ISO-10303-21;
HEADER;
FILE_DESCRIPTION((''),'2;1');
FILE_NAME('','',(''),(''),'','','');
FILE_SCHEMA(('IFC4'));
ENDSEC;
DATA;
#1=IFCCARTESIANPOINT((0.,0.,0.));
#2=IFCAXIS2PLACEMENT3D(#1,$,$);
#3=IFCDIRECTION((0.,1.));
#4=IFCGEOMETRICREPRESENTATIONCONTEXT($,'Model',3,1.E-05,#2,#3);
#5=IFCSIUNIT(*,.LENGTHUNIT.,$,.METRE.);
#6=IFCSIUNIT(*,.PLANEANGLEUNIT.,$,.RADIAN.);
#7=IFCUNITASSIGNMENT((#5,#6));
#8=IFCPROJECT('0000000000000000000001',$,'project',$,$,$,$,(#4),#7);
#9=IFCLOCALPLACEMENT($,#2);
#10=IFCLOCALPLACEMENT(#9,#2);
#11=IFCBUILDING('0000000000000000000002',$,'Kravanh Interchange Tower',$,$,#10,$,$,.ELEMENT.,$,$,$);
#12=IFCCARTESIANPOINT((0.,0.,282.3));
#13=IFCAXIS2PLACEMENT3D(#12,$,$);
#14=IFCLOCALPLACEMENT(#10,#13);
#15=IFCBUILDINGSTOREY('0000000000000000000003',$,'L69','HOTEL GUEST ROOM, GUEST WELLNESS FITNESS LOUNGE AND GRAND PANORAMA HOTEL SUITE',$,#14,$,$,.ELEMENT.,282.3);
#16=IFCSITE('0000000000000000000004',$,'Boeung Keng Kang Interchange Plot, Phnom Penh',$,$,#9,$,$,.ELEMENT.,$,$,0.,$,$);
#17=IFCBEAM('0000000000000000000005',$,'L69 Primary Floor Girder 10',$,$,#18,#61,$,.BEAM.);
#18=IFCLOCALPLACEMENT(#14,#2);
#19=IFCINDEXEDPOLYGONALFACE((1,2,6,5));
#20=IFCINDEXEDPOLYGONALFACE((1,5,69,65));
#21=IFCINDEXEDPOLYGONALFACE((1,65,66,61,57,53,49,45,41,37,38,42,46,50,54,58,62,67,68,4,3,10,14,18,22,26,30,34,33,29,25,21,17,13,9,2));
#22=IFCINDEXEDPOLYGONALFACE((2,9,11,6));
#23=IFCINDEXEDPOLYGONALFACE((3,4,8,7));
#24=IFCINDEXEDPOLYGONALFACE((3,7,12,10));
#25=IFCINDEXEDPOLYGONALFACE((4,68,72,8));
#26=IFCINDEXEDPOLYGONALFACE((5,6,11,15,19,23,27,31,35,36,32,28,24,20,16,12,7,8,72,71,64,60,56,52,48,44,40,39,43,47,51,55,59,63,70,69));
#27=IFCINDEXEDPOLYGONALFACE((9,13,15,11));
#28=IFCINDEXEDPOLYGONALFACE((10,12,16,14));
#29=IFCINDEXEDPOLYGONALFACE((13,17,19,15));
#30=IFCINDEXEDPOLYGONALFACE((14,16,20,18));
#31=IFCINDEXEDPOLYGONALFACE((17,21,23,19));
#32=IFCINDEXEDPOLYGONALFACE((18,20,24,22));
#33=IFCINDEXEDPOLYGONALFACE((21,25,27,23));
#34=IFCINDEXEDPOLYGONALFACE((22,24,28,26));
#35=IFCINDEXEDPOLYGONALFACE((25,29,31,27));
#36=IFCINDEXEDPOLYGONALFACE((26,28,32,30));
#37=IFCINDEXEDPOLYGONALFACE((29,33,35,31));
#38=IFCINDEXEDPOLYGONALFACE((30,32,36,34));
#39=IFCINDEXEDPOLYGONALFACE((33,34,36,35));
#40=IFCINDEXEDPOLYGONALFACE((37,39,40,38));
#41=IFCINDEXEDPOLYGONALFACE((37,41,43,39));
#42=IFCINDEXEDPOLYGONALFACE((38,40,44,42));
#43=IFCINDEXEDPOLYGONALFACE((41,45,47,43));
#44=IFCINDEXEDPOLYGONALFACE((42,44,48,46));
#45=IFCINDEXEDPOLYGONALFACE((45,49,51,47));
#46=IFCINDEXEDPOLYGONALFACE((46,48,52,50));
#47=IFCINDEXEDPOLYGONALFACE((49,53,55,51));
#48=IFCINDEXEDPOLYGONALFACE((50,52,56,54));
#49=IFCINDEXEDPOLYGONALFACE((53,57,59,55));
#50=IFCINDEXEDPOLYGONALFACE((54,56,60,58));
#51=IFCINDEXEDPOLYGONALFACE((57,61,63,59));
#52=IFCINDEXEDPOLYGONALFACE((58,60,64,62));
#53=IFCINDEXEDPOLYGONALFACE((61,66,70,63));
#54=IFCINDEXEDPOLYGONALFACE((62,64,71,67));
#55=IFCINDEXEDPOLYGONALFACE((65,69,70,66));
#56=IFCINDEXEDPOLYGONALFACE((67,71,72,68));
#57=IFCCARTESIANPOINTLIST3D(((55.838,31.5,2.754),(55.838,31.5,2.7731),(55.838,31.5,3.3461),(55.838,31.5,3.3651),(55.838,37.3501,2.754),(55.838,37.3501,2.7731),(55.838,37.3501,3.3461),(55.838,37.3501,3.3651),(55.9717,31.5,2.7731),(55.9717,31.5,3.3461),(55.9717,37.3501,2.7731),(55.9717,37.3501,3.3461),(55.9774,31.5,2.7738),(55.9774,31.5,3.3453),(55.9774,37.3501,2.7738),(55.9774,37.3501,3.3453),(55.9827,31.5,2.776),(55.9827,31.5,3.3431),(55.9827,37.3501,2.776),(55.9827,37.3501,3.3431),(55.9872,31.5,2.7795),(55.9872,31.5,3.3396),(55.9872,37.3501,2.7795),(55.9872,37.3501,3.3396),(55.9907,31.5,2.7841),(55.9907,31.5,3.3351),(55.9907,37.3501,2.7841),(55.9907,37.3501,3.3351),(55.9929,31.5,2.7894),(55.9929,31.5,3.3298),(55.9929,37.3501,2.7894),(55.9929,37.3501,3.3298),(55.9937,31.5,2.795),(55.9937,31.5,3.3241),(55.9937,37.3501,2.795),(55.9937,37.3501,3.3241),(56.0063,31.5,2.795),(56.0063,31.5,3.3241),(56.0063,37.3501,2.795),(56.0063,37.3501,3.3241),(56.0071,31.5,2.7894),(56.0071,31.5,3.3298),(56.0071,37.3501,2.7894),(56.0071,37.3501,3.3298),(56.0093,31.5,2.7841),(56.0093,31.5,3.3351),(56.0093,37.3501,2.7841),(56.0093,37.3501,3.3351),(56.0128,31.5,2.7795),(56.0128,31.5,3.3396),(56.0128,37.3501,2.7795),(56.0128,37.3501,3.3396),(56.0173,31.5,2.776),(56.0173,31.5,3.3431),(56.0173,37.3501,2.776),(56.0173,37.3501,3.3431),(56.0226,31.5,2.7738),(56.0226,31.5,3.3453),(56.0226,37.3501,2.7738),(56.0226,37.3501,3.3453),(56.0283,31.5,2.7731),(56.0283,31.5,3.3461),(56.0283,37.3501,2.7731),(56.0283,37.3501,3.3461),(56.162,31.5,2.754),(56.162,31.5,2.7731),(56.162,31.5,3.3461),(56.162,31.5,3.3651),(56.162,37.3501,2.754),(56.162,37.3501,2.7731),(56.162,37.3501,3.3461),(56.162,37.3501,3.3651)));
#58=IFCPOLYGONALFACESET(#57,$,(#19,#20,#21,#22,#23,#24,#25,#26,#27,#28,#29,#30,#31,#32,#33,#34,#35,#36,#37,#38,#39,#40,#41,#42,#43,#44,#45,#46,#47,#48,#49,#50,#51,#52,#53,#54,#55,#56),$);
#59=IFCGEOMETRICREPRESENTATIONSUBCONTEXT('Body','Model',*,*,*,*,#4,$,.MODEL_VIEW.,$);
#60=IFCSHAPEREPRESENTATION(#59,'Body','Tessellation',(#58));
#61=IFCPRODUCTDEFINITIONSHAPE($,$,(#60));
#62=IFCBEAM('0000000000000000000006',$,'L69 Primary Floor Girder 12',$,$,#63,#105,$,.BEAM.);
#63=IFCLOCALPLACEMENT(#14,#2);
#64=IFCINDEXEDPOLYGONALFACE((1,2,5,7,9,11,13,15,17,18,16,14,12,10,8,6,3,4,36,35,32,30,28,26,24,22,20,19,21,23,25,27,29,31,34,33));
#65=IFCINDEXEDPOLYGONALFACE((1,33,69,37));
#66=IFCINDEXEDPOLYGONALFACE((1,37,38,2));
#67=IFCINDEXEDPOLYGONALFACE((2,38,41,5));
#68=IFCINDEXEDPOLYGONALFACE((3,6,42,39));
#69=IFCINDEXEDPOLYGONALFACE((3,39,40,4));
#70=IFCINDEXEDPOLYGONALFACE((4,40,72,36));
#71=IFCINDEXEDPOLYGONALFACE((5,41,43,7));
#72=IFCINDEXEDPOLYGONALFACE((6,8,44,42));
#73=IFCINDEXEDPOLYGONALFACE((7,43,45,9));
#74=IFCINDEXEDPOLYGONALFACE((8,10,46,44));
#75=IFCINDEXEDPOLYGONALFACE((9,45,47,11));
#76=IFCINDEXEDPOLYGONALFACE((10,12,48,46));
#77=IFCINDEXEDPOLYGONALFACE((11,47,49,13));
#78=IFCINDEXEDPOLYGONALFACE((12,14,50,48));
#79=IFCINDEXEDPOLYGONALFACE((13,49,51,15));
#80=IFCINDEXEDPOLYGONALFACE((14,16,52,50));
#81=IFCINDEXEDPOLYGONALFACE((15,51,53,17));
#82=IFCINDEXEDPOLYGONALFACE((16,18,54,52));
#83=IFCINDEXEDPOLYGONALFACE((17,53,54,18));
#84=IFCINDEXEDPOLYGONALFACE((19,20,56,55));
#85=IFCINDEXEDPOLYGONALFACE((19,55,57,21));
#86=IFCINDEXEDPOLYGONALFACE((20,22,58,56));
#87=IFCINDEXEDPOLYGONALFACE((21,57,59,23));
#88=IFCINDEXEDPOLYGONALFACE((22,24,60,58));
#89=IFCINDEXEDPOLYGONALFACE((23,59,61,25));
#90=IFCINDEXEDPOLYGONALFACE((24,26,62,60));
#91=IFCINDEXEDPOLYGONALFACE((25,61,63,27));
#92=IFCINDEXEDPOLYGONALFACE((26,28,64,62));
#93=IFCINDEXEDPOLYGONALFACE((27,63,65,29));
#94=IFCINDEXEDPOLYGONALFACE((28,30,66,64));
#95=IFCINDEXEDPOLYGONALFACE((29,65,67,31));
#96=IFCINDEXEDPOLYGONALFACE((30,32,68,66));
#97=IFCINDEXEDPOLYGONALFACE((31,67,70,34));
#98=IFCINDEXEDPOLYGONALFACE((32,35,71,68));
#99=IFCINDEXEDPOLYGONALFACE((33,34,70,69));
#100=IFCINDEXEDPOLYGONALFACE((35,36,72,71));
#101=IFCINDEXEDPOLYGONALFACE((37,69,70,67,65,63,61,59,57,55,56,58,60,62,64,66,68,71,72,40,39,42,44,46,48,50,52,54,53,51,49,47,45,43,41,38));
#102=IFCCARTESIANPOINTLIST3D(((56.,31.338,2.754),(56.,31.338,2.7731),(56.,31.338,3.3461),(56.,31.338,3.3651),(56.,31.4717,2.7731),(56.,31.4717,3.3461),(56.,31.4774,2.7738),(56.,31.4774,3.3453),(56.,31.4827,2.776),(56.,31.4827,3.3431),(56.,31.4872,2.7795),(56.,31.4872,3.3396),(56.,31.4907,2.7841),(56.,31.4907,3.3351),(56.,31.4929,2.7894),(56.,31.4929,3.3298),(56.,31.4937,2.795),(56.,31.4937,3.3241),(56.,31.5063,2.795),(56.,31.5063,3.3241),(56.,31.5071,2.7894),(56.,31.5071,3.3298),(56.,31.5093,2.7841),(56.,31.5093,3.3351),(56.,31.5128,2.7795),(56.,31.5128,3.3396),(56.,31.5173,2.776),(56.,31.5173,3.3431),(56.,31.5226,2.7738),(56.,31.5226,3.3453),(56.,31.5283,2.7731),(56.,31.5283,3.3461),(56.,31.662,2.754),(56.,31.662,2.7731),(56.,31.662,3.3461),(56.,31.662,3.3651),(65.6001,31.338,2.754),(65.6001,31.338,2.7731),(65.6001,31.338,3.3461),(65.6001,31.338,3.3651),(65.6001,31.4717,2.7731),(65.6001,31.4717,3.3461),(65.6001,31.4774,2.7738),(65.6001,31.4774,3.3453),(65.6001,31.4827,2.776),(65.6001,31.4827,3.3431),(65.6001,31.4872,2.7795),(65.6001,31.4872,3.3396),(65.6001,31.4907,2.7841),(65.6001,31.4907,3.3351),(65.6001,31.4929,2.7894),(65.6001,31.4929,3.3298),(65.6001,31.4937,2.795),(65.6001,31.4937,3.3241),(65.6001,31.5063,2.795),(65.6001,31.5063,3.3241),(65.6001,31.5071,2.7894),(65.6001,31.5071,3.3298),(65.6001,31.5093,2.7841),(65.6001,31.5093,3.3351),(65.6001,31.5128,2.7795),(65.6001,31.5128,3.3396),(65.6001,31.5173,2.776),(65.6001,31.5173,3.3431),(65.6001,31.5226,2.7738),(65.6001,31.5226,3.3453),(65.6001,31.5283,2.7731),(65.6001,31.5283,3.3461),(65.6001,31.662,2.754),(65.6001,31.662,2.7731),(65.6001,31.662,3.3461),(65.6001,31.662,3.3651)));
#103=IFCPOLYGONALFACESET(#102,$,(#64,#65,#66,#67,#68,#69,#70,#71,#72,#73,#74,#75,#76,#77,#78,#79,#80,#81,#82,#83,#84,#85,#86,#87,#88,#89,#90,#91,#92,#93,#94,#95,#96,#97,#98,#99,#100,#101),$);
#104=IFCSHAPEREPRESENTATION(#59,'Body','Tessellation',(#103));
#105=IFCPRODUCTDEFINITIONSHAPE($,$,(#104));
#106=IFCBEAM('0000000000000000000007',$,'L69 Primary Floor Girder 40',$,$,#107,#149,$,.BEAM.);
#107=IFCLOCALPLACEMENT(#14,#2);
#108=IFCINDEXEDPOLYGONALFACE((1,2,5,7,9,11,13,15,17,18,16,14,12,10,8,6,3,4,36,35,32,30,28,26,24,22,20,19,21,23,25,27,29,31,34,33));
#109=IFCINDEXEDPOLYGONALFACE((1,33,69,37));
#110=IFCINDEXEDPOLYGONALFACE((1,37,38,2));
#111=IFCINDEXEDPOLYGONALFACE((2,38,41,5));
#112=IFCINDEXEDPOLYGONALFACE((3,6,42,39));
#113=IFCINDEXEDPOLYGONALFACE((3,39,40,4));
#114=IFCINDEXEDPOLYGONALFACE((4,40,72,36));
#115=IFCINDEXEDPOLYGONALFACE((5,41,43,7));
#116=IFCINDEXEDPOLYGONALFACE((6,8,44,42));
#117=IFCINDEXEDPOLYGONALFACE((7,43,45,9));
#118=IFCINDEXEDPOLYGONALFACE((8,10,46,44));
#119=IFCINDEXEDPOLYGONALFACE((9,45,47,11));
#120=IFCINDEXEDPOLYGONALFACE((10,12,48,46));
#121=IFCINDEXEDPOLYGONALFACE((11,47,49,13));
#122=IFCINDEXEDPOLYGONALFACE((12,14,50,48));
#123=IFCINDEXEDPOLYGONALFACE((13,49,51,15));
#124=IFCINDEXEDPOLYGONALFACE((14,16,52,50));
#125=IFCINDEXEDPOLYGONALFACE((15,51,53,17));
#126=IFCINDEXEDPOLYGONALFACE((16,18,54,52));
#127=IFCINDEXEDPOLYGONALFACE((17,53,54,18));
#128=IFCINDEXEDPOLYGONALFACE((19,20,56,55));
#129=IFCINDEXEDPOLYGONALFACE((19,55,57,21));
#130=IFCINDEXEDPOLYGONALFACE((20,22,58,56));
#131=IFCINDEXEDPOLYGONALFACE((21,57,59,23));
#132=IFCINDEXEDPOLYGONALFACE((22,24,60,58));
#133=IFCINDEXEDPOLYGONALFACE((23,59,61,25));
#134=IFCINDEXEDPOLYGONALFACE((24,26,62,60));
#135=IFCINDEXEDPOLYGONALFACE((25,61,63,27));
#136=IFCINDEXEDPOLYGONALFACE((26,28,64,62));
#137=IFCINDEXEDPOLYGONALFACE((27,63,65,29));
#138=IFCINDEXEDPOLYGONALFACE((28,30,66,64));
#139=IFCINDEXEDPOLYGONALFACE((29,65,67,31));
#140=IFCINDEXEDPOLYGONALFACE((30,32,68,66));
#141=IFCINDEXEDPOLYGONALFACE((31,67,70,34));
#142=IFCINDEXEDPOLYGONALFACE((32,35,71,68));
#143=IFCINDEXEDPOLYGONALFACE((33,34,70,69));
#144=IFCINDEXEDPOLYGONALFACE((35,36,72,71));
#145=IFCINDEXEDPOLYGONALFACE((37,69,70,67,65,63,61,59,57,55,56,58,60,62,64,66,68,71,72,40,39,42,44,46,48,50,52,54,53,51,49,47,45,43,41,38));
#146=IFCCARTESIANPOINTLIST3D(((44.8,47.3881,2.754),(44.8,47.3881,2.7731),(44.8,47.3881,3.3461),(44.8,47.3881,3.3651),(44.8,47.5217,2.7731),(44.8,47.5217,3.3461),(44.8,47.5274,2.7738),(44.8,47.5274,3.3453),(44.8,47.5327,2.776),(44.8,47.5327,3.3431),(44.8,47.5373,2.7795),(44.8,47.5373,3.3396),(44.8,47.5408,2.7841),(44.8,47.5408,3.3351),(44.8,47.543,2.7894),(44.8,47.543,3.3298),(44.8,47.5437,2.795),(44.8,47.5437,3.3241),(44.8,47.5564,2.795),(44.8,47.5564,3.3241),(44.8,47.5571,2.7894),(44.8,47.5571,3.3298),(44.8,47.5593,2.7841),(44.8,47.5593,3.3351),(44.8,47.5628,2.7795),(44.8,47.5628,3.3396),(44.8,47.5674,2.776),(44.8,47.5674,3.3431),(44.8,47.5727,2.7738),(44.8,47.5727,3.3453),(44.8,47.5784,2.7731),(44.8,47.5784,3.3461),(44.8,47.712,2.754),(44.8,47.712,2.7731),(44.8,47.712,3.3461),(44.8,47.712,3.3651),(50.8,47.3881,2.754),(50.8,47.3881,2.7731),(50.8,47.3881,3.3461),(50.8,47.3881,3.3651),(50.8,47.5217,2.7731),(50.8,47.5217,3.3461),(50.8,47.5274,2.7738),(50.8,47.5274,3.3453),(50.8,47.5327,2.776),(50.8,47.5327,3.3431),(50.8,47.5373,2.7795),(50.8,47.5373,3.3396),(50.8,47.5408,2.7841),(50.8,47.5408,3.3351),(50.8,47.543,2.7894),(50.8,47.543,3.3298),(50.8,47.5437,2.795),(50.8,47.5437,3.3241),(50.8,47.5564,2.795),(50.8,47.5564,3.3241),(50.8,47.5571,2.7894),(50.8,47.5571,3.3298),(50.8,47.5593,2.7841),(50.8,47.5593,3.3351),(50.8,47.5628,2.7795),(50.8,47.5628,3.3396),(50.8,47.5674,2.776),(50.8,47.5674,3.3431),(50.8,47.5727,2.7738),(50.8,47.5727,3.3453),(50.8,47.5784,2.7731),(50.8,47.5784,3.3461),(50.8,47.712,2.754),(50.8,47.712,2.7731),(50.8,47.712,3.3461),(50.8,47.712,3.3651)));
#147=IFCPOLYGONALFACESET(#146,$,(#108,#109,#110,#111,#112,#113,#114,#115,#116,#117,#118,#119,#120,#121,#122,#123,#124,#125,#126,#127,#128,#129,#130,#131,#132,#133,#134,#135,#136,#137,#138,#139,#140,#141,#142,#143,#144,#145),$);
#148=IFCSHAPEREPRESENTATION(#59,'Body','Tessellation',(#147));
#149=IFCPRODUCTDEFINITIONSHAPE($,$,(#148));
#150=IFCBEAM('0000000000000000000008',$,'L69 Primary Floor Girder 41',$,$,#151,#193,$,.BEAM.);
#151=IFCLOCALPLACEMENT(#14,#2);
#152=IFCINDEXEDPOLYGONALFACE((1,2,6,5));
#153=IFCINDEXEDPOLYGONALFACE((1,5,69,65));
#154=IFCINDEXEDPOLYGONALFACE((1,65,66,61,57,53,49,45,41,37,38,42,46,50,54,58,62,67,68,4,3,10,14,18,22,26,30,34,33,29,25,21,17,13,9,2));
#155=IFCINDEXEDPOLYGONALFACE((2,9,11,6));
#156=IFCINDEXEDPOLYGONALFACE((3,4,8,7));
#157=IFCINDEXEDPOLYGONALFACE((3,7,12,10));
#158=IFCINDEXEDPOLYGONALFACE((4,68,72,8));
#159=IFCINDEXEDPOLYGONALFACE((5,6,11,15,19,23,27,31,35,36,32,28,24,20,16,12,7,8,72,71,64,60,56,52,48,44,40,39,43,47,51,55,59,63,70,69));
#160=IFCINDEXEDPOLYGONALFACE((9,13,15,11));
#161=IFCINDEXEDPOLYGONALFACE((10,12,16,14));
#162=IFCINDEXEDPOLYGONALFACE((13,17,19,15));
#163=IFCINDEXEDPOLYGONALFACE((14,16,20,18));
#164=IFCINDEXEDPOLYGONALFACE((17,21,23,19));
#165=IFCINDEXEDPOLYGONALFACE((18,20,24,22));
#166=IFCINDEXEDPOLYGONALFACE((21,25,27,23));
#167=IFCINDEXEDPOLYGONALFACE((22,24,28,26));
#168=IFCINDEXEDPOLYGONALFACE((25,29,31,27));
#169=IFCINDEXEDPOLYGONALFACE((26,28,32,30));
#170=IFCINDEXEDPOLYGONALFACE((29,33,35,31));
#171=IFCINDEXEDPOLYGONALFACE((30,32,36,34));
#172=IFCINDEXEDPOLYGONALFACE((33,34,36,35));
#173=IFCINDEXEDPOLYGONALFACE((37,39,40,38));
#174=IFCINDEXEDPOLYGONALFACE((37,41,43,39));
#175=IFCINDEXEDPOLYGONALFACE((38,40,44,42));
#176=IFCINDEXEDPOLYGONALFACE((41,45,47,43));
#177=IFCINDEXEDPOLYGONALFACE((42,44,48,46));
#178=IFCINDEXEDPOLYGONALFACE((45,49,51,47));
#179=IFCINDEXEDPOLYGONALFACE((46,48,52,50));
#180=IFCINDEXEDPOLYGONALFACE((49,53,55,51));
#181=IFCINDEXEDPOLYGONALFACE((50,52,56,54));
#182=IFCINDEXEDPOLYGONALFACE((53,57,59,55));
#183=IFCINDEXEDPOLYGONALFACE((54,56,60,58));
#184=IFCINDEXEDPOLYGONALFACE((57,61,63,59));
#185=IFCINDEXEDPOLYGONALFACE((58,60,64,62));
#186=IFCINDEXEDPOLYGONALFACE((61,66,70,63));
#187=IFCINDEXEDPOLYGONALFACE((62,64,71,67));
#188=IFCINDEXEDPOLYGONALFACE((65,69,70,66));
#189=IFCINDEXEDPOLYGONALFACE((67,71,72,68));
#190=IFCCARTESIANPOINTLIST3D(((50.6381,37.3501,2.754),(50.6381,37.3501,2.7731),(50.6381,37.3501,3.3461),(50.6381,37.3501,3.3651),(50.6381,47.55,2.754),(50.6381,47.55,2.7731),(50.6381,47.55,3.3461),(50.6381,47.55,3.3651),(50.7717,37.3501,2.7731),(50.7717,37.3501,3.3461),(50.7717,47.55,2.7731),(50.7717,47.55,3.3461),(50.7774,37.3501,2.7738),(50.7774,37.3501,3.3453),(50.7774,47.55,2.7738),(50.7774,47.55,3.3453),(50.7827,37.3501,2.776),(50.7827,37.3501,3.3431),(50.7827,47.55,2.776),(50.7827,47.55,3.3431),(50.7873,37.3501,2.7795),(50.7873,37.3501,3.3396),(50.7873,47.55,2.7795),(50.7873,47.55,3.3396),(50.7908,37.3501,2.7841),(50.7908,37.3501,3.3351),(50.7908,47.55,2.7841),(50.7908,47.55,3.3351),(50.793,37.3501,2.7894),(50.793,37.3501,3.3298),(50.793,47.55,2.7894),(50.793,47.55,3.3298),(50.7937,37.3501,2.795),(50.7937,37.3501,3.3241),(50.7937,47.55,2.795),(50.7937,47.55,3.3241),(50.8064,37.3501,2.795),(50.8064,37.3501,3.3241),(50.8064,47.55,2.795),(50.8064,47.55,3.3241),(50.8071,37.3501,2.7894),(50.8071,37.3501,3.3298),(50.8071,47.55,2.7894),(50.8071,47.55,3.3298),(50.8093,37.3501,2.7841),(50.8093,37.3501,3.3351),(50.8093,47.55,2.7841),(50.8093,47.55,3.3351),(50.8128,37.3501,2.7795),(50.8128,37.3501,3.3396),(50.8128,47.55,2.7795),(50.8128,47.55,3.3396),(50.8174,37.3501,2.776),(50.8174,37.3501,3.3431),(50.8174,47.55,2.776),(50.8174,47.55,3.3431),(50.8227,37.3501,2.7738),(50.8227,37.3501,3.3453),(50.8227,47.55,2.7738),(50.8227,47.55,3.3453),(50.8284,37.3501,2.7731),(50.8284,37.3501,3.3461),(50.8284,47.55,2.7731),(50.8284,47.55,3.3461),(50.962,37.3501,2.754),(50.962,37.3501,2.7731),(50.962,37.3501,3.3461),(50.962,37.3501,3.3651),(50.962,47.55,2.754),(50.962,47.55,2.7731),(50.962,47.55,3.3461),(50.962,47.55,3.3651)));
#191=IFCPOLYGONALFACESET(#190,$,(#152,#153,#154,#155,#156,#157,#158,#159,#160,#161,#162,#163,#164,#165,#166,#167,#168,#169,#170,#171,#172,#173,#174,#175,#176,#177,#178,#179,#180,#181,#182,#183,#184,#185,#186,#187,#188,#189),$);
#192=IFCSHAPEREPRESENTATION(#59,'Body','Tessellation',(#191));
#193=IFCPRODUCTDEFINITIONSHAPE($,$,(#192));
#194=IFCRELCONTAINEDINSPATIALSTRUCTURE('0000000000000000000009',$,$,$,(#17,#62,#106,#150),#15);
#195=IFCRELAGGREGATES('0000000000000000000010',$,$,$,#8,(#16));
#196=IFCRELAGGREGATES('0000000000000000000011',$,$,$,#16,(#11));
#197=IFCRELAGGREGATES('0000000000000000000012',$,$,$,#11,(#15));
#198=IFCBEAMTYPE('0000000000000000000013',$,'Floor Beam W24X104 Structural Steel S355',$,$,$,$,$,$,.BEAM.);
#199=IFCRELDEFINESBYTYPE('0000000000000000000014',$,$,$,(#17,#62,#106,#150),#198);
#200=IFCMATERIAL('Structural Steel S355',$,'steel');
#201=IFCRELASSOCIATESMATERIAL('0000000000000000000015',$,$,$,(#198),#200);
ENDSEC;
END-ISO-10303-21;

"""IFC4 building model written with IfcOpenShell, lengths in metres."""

from ifc_helpers import new_model, si_unit, direction, frame, origin, origin_2d, place, context, subcontext, project, spatial, i_section, extrude, material, material_profile, profile_set, type_object, element, save


model = new_model("IFC4")

# Units and contexts
model_context = context("Model", 3, precision=1e-05, world=origin(), true_north=direction((0.0, 1.0)))
body_context = subcontext(model_context, "Body", "Model", "MODEL_VIEW")
ifc_project = project(units=[si_unit("LENGTHUNIT", "METRE"), si_unit("PLANEANGLEUNIT", "RADIAN")], contexts=[model_context])

# Site, building, storey
site_placement = place(None, origin())
site = spatial("IfcSite", under=ifc_project, at=site_placement, Name="Boeung Keng Kang Interchange Plot, Phnom Penh", CompositionType="ELEMENT", RefElevation=0.0)
building_placement = place(site_placement, origin())
building = spatial("IfcBuilding", under=site, at=building_placement, Name="Kravanh Interchange Tower", CompositionType="ELEMENT")
storey_placement = place(building_placement, frame((0.0, 0.0, 282.3)))
storey = spatial("IfcBuildingStorey", under=building, at=storey_placement, Name="L69", Description="HOTEL GUEST ROOM, GUEST WELLNESS FITNESS LOUNGE AND GRAND PANORAMA HOTEL SUITE", CompositionType="ELEMENT", Elevation=282.3)

# Beams
ifc_material_1 = material(Name="Structural Steel S355", Category="steel")
ifc_material_profile_1 = material_profile(ifc_material_1, i_section(OverallWidth=0.324, OverallDepth=0.6111, WebThickness=0.0127, FlangeThickness=0.019, FilletRadius=0.022, at=origin_2d()), Name="W24X104")
ifc_profile_set_1 = profile_set([ifc_material_profile_1], Name="Structural Steel S355")
beam_type_1 = type_object("IfcBeamType", Name="Floor Beam W24X104 Structural Steel S355", PredefinedType="BEAM", material=ifc_profile_set_1)
beam_1_placement = place(storey_placement, frame((56.0, 31.5, 3.0596), z_axis=(0.0, 1.0, 0.0), x_axis=(-1.0, 0.0, 0.0)))
element("IfcBeam", 1, at=beam_1_placement, inside=storey, type_object=beam_type_1, Name="L69 Primary Floor Girder 10", PredefinedType="BEAM", context=body_context, shape_type="SweptSolid", body=[
    extrude(i_section(OverallWidth=0.324, OverallDepth=0.6111, WebThickness=0.0127, FlangeThickness=0.019, FilletRadius=0.022, at=origin_2d()), origin(), (0.0, 0.0, 1.0), 5.8501),
])
beam_2_placement = place(storey_placement, frame((56.0, 31.5, 3.0596), z_axis=(1.0, 0.0, 0.0), x_axis=(0.0, 1.0, 0.0)))
element("IfcBeam", 2, at=beam_2_placement, inside=storey, type_object=beam_type_1, Name="L69 Primary Floor Girder 12", PredefinedType="BEAM", context=body_context, shape_type="SweptSolid", body=[
    extrude(i_section(OverallWidth=0.324, OverallDepth=0.6111, WebThickness=0.0127, FlangeThickness=0.019, FilletRadius=0.022, at=origin_2d()), origin(), (0.0, 0.0, 1.0), 9.6001),
])
beam_3_placement = place(storey_placement, frame((50.8, 47.55, 3.0596), z_axis=(-1.0, 0.0, 0.0), x_axis=(0.0, -1.0, 0.0)))
element("IfcBeam", 3, at=beam_3_placement, inside=storey, type_object=beam_type_1, Name="L69 Primary Floor Girder 40", PredefinedType="BEAM", context=body_context, shape_type="SweptSolid", body=[
    extrude(i_section(OverallWidth=0.324, OverallDepth=0.6111, WebThickness=0.0127, FlangeThickness=0.019, FilletRadius=0.022, at=origin_2d()), origin(), (0.0, 0.0, 1.0), 6.0),
])
beam_4_placement = place(storey_placement, frame((50.8, 47.55, 3.0596), z_axis=(0.0, -1.0, 0.0), x_axis=(1.0, 0.0, 0.0)))
element("IfcBeam", 4, at=beam_4_placement, inside=storey, type_object=beam_type_1, Name="L69 Primary Floor Girder 41", PredefinedType="BEAM", context=body_context, shape_type="SweptSolid", body=[
    extrude(i_section(OverallWidth=0.324, OverallDepth=0.6111, WebThickness=0.0127, FlangeThickness=0.019, FilletRadius=0.022, at=origin_2d()), origin(), (0.0, 0.0, 1.0), 10.2),
])

save(model, "model.ifc")
